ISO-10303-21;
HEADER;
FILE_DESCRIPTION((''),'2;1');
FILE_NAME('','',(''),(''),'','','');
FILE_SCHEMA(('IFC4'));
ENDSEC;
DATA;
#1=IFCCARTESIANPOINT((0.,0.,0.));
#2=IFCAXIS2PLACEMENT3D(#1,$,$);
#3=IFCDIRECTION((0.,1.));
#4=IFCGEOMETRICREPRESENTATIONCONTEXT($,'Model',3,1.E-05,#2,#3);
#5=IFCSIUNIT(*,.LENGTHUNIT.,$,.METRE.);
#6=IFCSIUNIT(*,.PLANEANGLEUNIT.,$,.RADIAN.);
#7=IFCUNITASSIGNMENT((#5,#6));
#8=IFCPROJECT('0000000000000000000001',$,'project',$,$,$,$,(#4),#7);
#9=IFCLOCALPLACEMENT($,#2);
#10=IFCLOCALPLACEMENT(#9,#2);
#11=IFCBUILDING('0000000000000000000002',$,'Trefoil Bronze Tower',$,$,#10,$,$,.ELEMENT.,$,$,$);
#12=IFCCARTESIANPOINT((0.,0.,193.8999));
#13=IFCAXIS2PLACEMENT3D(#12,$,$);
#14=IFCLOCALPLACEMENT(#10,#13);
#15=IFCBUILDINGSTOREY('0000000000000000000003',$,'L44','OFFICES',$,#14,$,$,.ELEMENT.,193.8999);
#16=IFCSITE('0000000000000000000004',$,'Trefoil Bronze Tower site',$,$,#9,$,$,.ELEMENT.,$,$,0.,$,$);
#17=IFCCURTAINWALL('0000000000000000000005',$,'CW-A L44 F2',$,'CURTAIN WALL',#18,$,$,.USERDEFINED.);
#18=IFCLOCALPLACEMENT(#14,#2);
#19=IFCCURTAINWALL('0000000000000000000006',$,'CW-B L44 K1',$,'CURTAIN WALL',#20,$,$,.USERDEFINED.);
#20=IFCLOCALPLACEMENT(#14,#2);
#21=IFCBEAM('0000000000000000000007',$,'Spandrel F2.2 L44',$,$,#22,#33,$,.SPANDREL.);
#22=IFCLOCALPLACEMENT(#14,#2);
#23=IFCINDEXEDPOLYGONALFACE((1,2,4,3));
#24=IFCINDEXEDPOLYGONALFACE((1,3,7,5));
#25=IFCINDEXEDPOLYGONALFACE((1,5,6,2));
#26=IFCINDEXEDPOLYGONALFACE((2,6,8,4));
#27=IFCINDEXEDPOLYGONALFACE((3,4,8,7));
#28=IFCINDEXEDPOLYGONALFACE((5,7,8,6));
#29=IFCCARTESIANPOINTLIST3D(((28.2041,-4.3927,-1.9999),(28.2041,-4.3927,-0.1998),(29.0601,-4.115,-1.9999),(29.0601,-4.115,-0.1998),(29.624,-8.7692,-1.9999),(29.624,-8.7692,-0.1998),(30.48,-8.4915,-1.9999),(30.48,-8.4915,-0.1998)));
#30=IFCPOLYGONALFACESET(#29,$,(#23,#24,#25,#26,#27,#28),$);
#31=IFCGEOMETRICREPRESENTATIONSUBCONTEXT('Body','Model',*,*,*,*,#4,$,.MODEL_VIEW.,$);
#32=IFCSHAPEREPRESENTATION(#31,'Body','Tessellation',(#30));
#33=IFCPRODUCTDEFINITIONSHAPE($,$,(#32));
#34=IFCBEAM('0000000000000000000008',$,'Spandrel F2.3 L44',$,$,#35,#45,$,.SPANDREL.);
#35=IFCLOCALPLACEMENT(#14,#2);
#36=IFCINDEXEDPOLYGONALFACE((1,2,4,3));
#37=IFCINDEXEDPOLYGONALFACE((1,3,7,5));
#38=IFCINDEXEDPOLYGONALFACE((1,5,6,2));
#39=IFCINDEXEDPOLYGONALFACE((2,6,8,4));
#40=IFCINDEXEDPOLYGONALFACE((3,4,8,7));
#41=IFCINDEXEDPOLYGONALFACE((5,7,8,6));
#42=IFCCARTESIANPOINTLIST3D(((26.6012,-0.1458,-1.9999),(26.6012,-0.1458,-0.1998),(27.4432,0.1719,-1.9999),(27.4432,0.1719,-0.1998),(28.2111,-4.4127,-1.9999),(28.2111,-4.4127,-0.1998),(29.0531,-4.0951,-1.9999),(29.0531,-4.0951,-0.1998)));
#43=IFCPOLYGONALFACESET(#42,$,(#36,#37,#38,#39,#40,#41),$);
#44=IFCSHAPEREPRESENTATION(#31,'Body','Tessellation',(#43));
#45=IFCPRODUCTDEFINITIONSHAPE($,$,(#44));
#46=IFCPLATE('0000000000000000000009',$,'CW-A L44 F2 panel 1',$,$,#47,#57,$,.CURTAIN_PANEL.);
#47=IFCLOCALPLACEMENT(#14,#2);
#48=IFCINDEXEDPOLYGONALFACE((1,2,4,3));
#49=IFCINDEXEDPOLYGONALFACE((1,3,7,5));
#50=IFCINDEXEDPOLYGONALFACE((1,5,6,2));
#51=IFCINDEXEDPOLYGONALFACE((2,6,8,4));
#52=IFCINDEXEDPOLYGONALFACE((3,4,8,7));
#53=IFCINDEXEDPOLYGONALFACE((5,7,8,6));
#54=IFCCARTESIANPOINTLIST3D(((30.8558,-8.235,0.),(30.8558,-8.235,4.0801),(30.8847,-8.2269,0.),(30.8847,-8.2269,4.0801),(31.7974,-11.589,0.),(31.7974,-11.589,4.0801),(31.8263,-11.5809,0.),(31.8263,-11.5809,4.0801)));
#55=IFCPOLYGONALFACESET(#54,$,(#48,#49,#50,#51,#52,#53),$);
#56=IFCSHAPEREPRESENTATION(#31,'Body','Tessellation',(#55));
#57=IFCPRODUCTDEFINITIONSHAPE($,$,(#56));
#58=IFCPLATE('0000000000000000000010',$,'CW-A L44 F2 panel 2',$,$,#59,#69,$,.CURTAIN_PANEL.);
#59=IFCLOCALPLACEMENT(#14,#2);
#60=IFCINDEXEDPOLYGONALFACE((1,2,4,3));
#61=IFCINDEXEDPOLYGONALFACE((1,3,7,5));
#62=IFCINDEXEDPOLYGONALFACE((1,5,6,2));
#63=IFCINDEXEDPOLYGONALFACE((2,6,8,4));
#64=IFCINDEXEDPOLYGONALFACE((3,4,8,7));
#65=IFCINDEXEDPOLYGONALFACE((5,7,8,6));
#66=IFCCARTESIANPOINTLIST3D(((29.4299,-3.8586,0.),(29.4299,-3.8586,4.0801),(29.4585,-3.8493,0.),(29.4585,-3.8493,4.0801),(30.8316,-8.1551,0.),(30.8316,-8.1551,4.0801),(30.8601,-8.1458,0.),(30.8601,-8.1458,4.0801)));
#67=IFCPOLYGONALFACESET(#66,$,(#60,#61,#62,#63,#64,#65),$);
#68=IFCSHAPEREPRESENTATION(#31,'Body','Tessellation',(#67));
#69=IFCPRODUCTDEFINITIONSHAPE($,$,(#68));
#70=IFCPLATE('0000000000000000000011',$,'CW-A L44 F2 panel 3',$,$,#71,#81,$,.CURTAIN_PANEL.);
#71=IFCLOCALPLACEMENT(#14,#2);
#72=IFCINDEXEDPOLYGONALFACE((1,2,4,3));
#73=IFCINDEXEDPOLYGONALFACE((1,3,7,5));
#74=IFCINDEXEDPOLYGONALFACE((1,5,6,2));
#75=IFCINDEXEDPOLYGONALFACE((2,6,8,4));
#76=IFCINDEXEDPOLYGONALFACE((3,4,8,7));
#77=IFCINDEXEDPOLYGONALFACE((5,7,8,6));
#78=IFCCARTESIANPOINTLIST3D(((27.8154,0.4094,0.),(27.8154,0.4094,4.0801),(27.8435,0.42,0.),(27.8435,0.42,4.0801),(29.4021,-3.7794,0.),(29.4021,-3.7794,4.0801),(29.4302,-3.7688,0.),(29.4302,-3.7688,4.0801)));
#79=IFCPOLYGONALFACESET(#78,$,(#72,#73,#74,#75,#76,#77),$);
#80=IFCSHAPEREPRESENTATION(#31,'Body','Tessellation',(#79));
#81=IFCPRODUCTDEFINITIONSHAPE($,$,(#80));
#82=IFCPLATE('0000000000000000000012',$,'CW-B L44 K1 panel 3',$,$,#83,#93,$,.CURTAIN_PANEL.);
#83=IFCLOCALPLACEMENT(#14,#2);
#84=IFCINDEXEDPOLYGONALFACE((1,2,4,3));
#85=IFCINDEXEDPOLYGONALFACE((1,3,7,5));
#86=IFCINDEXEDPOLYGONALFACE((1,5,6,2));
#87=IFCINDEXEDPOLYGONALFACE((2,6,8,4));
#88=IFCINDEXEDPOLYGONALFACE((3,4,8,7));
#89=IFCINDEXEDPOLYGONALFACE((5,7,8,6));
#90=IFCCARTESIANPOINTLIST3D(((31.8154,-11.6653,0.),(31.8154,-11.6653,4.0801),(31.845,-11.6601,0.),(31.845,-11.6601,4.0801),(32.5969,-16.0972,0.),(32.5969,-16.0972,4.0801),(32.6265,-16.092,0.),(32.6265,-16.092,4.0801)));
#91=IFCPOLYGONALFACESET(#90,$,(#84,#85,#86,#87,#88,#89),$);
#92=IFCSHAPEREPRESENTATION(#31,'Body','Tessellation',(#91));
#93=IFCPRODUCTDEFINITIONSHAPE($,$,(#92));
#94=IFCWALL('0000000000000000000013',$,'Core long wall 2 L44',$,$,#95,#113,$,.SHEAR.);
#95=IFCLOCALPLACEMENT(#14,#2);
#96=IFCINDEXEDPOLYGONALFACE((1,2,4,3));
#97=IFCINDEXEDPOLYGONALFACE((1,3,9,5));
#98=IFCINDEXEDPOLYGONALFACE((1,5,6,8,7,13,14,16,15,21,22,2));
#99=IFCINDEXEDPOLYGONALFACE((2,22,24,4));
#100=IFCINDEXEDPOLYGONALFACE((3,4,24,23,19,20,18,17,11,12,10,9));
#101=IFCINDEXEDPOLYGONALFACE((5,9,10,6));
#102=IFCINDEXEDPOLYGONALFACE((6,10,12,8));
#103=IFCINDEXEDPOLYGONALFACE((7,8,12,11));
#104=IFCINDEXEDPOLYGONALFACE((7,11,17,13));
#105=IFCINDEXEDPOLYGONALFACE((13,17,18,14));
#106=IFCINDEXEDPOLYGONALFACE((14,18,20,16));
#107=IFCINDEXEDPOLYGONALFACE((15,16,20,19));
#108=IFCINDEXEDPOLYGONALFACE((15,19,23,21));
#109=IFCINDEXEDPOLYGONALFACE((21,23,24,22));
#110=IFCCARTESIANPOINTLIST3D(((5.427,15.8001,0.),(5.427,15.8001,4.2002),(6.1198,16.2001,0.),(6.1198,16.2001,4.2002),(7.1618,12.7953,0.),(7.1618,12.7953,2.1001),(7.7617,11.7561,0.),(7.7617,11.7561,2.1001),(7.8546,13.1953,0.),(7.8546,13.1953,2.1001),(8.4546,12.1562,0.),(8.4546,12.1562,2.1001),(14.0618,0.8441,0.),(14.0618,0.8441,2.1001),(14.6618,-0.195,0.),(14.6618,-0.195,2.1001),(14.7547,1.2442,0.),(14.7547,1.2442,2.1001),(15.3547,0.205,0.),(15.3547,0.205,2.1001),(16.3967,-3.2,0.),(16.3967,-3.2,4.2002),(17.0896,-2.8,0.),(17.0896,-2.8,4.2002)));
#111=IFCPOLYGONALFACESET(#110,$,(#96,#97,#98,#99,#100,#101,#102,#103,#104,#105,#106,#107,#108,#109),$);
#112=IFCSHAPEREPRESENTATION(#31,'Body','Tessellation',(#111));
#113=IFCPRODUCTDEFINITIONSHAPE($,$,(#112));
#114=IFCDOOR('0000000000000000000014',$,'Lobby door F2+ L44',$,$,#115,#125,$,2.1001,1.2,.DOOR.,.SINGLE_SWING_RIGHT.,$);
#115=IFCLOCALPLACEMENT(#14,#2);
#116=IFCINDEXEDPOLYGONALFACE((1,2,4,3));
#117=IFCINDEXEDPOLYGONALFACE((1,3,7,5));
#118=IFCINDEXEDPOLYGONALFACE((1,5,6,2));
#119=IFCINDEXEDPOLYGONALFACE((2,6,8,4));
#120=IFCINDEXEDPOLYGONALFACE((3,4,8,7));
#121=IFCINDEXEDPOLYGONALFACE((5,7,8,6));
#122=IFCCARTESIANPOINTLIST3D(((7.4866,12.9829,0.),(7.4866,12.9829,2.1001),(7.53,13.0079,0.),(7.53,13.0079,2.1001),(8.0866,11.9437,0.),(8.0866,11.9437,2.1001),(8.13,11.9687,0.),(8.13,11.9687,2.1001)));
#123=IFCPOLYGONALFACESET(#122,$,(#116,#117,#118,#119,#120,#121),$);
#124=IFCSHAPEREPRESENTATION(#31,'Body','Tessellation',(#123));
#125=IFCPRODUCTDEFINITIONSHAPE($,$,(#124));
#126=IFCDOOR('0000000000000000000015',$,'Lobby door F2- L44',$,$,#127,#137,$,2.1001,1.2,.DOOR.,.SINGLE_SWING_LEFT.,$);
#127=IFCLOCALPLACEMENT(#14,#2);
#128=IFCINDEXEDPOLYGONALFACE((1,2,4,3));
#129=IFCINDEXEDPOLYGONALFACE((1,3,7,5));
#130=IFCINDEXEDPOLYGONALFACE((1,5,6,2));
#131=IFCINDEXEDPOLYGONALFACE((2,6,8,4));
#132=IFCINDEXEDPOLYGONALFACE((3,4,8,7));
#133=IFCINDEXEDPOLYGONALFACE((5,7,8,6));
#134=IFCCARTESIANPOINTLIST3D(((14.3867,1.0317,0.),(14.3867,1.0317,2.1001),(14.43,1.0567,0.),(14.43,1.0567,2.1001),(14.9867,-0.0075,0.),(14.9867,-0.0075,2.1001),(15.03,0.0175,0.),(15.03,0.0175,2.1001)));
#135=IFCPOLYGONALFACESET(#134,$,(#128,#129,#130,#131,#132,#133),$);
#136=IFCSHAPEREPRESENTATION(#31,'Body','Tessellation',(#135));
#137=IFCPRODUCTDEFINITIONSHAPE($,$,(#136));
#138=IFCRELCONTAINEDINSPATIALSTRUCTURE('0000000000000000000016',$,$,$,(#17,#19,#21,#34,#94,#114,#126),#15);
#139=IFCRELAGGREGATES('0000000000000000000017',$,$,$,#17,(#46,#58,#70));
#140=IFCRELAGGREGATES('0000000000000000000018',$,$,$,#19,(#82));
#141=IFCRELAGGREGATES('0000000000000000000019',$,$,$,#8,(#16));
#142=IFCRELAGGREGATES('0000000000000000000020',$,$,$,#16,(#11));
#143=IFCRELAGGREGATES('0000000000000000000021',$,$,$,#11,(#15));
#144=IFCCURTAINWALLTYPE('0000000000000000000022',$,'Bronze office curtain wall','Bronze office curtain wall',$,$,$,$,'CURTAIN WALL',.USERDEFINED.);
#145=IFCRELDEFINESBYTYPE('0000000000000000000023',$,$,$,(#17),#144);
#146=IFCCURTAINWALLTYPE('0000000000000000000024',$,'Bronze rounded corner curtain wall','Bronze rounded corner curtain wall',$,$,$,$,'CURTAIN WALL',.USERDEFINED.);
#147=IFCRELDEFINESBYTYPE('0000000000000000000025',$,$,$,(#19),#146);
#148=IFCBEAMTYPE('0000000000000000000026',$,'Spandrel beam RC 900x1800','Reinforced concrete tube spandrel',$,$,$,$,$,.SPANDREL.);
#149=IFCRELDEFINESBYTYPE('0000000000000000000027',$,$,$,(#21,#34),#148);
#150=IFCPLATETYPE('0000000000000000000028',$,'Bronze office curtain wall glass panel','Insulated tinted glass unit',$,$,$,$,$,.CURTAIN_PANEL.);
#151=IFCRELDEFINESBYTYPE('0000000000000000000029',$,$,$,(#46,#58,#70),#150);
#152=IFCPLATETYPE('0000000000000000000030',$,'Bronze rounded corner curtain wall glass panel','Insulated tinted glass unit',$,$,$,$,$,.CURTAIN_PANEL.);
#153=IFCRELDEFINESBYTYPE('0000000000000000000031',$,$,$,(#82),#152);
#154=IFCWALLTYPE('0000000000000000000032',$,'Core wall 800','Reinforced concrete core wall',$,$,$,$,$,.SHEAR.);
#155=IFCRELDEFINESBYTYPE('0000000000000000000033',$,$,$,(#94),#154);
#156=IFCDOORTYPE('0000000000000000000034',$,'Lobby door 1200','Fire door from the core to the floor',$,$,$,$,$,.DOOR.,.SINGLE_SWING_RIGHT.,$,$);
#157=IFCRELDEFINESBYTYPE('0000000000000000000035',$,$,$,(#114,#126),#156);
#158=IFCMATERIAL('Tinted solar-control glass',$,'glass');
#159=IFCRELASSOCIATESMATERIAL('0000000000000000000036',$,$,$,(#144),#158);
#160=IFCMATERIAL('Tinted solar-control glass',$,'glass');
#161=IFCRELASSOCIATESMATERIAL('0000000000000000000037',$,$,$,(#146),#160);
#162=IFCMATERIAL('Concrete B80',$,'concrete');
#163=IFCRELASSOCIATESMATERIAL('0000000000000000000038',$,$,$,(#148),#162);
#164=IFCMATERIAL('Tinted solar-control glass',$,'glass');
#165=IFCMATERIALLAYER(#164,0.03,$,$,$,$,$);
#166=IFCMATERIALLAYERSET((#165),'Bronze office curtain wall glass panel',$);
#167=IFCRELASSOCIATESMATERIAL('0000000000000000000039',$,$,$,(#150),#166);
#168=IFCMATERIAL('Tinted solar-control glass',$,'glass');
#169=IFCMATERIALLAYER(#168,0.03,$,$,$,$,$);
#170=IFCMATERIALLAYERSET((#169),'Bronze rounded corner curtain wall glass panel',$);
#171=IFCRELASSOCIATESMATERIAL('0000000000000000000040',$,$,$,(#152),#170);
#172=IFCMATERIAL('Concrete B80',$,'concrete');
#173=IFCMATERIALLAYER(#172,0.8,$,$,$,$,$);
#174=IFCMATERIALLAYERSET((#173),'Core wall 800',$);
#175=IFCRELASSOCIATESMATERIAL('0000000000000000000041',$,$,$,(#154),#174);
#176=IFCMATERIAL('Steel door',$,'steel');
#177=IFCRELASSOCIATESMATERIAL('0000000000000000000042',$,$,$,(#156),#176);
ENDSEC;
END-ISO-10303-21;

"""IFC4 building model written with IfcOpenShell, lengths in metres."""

from ifc_helpers import new_model, si_unit, direction, frame, frame_2d, origin, origin_2d, place, context, subcontext, project, spatial, rectangle, extrude, material, layer, layer_set, material_profile, profile_set, type_object, element, fill, aggregate, save


model = new_model("IFC4")

# Units and contexts
model_context = context("Model", 3, precision=1e-05, world=origin(), true_north=direction((0.0, 1.0)))
body_context = subcontext(model_context, "Body", "Model", "MODEL_VIEW")
ifc_project = project(units=[si_unit("LENGTHUNIT", "METRE"), si_unit("PLANEANGLEUNIT", "RADIAN")], contexts=[model_context])

# Site, building, storey
site_placement = place(None, origin())
site = spatial("IfcSite", under=ifc_project, at=site_placement, Name="Trefoil Bronze Tower site", CompositionType="ELEMENT", RefElevation=0.0)
building_placement = place(site_placement, origin())
building = spatial("IfcBuilding", under=site, at=building_placement, Name="Trefoil Bronze Tower", CompositionType="ELEMENT")
storey_placement = place(building_placement, frame((0.0, 0.0, 193.8999)))
storey = spatial("IfcBuildingStorey", under=building, at=storey_placement, Name="L44", Description="OFFICES", CompositionType="ELEMENT", Elevation=193.8999)

# Curtain walls
ifc_material_1 = material(Name="Tinted solar-control glass", Category="glass")
curtain_wall_type_1 = type_object("IfcCurtainWallType", Name="Bronze office curtain wall", Description="Bronze office curtain wall", ElementType="CURTAIN WALL", PredefinedType="USERDEFINED", material=ifc_material_1)
curtain_wall_1_placement = place(storey_placement, origin())
curtain_wall_1 = element("IfcCurtainWall", 1, at=curtain_wall_1_placement, inside=storey, type_object=curtain_wall_type_1, Name="CW-A L44 F2", ObjectType="CURTAIN WALL", PredefinedType="USERDEFINED")
ifc_material_2 = material(Name="Tinted solar-control glass", Category="glass")
curtain_wall_type_2 = type_object("IfcCurtainWallType", Name="Bronze rounded corner curtain wall", Description="Bronze rounded corner curtain wall", ElementType="CURTAIN WALL", PredefinedType="USERDEFINED", material=ifc_material_2)
curtain_wall_2_placement = place(storey_placement, origin())
curtain_wall_2 = element("IfcCurtainWall", 2, at=curtain_wall_2_placement, inside=storey, type_object=curtain_wall_type_2, Name="CW-B L44 K1", ObjectType="CURTAIN WALL", PredefinedType="USERDEFINED")

# Beams
ifc_material_3 = material(Name="Concrete B80", Category="concrete")
ifc_material_profile_1 = material_profile(ifc_material_3, rectangle(XDim=0.8999, YDim=1.8, at=origin_2d()), Name="RC 900x1800")
ifc_profile_set_1 = profile_set([ifc_material_profile_1], Name="Concrete B80")
beam_type_1 = type_object("IfcBeamType", Name="Spandrel beam RC 900x1800", Description="Reinforced concrete tube spandrel", PredefinedType="SPANDREL", material=ifc_profile_set_1)
beam_1_placement = place(storey_placement, frame((30.052, -8.6304, -1.0999), z_axis=(-0.308609, 0.951189, 0.0), x_axis=(-0.951189, -0.308609, 0.0)))
element("IfcBeam", 3, at=beam_1_placement, inside=storey, type_object=beam_type_1, Name="Spandrel F2.2 L44", PredefinedType="SPANDREL", context=body_context, shape_type="SweptSolid", body=[
    extrude(rectangle(XDim=0.8999, YDim=1.8, at=origin_2d()), origin(), (0.0, 0.0, 1.0), 4.6011),
])
beam_2_placement = place(storey_placement, frame((28.6321, -4.2539, -1.0999), z_axis=(-0.353006, 0.935621, 0.0), x_axis=(-0.935621, -0.353006, 0.0)))
element("IfcBeam", 4, at=beam_2_placement, inside=storey, type_object=beam_type_1, Name="Spandrel F2.3 L44", PredefinedType="SPANDREL", context=body_context, shape_type="SweptSolid", body=[
    extrude(rectangle(XDim=0.8999, YDim=1.8, at=origin_2d()), origin(), (0.0, 0.0, 1.0), 4.5605),
])

# Plates
ifc_material_4 = material(Name="Tinted solar-control glass", Category="glass")
ifc_layer_1 = layer(ifc_material_4, 0.03)
ifc_layer_set_1 = layer_set([ifc_layer_1], Name="Bronze office curtain wall glass panel")
plate_type_1 = type_object("IfcPlateType", Name="Bronze office curtain wall glass panel", Description="Insulated tinted glass unit", PredefinedType="CURTAIN_PANEL", material=ifc_layer_set_1)
plate_1_placement = place(storey_placement, frame((31.3411, -9.908, 0.0), z_axis=(0.0, 0.0, 1.0), x_axis=(-0.270282, 0.962781, 0.0)))
plate_1 = element("IfcPlate", 5, at=plate_1_placement, type_object=plate_type_1, Name="CW-A L44 F2 panel 1", PredefinedType="CURTAIN_PANEL", context=body_context, shape_type="SweptSolid", body=[
    extrude(rectangle(XDim=3.4836, YDim=0.03, at=origin_2d()), origin(), (0.0, 0.0, 1.0), 4.0801),
])
plate_2_placement = place(storey_placement, frame((30.145, -6.0022, 0.0), z_axis=(0.0, 0.0, 1.0), x_axis=(-0.310149, 0.950688, 0.0)))
plate_2 = element("IfcPlate", 6, at=plate_2_placement, type_object=plate_type_1, Name="CW-A L44 F2 panel 2", PredefinedType="CURTAIN_PANEL", context=body_context, shape_type="SweptSolid", body=[
    extrude(rectangle(XDim=4.5193, YDim=0.03, at=origin_2d()), origin(), (0.0, 0.0, 1.0), 4.0801),
])
plate_3_placement = place(storey_placement, frame((28.6228, -1.6797, 0.0), z_axis=(0.0, 0.0, 1.0), x_axis=(-0.354234, 0.935157, 0.0)))
plate_3 = element("IfcPlate", 7, at=plate_3_placement, type_object=plate_type_1, Name="CW-A L44 F2 panel 3", PredefinedType="CURTAIN_PANEL", context=body_context, shape_type="SweptSolid", body=[
    extrude(rectangle(XDim=4.4792, YDim=0.03, at=origin_2d()), origin(), (0.0, 0.0, 1.0), 4.0801),
])
aggregate(curtain_wall_1, [plate_1, plate_2, plate_3])
ifc_material_5 = material(Name="Tinted solar-control glass", Category="glass")
ifc_layer_2 = layer(ifc_material_5, 0.03)
ifc_layer_set_2 = layer_set([ifc_layer_2], Name="Bronze rounded corner curtain wall glass panel")
plate_type_2 = type_object("IfcPlateType", Name="Bronze rounded corner curtain wall glass panel", Description="Insulated tinted glass unit", PredefinedType="CURTAIN_PANEL", material=ifc_layer_set_2)
plate_4_placement = place(storey_placement, frame((32.2209, -13.8787, 0.0), z_axis=(0.0, 0.0, 1.0), x_axis=(-0.173648, 0.984808, 0.0)))
plate_4 = element("IfcPlate", 8, at=plate_4_placement, type_object=plate_type_2, Name="CW-B L44 K1 panel 3", PredefinedType="CURTAIN_PANEL", context=body_context, shape_type="SweptSolid", body=[
    extrude(rectangle(XDim=4.5002, YDim=0.03, at=origin_2d()), origin(), (0.0, 0.0, 1.0), 4.0801),
])
aggregate(curtain_wall_2, [plate_4])

# Wall, openings, doors
ifc_material_6 = material(Name="Concrete B80", Category="concrete")
ifc_layer_3 = layer(ifc_material_6, 0.8)
ifc_layer_set_3 = layer_set([ifc_layer_3], Name="Core wall 800")
wall_type_1 = type_object("IfcWallType", Name="Core wall 800", Description="Reinforced concrete core wall", PredefinedType="SHEAR", material=ifc_layer_set_3)
wall_1_placement = place(storey_placement, frame((16.7432, -3.0, 0.0), z_axis=(0.0, 0.0, 1.0), x_axis=(-0.500002, 0.866024, 0.0)))
wall_1 = element("IfcWall", 9, at=wall_1_placement, inside=storey, type_object=wall_type_1, Name="Core long wall 2 L44", PredefinedType="SHEAR", context=body_context, shape_type="SweptSolid", body=[
    extrude(rectangle(XDim=21.9395, YDim=0.8, at=frame_2d((10.9697, 0.0))), origin(), (0.0, 0.0, 1.0), 4.2002),
])
opening_1_placement = place(wall_1_placement, frame((17.2698, 0.0, 0.0)))
opening_1 = element("IfcOpeningElement", 10, at=opening_1_placement, cuts=wall_1, PredefinedType="OPENING", context=body_context, shape_type="SweptSolid", body=[
    extrude(rectangle(XDim=1.2, YDim=2.1001, at=frame_2d((0.6001, 1.05))), frame((0.0, 0.4099, 0.0), z_axis=(0.0, -1.0, 0.0), x_axis=(1.0, 0.0, 0.0)), (0.0, 0.0, 1.0), 0.8201),
])
opening_2_placement = place(wall_1_placement, frame((3.4697, 0.0, 0.0)))
opening_2 = element("IfcOpeningElement", 11, at=opening_2_placement, cuts=wall_1, PredefinedType="OPENING", context=body_context, shape_type="SweptSolid", body=[
    extrude(rectangle(XDim=1.2, YDim=2.1001, at=frame_2d((0.6001, 1.05))), frame((0.0, 0.4099, 0.0), z_axis=(0.0, -1.0, 0.0), x_axis=(1.0, 0.0, 0.0)), (0.0, 0.0, 1.0), 0.8201),
])
ifc_material_7 = material(Name="Steel door", Category="steel")
door_type_1 = type_object("IfcDoorType", Name="Lobby door 1200", Description="Fire door from the core to the floor", OperationType="SINGLE_SWING_RIGHT", PredefinedType="DOOR", material=ifc_material_7)
door_1_placement = place(opening_1_placement, origin())
door_1 = element("IfcDoor", 12, at=door_1_placement, inside=storey, type_object=door_type_1, Name="Lobby door F2+ L44", OperationType="SINGLE_SWING_RIGHT", OverallHeight=2.1001, OverallWidth=1.2, PredefinedType="DOOR", context=body_context, shape_type="SweptSolid", body=[
    extrude(rectangle(XDim=1.2, YDim=2.1001, at=frame_2d((0.6001, 1.05))), frame((0.0, 0.0249, 0.0), z_axis=(0.0, -1.0, 0.0), x_axis=(1.0, 0.0, 0.0)), (0.0, 0.0, 1.0), 0.05),
])
fill(opening_1, door_1)
door_2_placement = place(opening_2_placement, origin())
door_2 = element("IfcDoor", 13, at=door_2_placement, inside=storey, type_object=door_type_1, Name="Lobby door F2- L44", OperationType="SINGLE_SWING_LEFT", OverallHeight=2.1001, OverallWidth=1.2, PredefinedType="DOOR", context=body_context, shape_type="SweptSolid", body=[
    extrude(rectangle(XDim=1.2, YDim=2.1001, at=frame_2d((0.6001, 1.05))), frame((0.0, 0.0249, 0.0), z_axis=(0.0, -1.0, 0.0), x_axis=(1.0, 0.0, 0.0)), (0.0, 0.0, 1.0), 0.05),
])
fill(opening_2, door_2)

save(model, "model.ifc")
